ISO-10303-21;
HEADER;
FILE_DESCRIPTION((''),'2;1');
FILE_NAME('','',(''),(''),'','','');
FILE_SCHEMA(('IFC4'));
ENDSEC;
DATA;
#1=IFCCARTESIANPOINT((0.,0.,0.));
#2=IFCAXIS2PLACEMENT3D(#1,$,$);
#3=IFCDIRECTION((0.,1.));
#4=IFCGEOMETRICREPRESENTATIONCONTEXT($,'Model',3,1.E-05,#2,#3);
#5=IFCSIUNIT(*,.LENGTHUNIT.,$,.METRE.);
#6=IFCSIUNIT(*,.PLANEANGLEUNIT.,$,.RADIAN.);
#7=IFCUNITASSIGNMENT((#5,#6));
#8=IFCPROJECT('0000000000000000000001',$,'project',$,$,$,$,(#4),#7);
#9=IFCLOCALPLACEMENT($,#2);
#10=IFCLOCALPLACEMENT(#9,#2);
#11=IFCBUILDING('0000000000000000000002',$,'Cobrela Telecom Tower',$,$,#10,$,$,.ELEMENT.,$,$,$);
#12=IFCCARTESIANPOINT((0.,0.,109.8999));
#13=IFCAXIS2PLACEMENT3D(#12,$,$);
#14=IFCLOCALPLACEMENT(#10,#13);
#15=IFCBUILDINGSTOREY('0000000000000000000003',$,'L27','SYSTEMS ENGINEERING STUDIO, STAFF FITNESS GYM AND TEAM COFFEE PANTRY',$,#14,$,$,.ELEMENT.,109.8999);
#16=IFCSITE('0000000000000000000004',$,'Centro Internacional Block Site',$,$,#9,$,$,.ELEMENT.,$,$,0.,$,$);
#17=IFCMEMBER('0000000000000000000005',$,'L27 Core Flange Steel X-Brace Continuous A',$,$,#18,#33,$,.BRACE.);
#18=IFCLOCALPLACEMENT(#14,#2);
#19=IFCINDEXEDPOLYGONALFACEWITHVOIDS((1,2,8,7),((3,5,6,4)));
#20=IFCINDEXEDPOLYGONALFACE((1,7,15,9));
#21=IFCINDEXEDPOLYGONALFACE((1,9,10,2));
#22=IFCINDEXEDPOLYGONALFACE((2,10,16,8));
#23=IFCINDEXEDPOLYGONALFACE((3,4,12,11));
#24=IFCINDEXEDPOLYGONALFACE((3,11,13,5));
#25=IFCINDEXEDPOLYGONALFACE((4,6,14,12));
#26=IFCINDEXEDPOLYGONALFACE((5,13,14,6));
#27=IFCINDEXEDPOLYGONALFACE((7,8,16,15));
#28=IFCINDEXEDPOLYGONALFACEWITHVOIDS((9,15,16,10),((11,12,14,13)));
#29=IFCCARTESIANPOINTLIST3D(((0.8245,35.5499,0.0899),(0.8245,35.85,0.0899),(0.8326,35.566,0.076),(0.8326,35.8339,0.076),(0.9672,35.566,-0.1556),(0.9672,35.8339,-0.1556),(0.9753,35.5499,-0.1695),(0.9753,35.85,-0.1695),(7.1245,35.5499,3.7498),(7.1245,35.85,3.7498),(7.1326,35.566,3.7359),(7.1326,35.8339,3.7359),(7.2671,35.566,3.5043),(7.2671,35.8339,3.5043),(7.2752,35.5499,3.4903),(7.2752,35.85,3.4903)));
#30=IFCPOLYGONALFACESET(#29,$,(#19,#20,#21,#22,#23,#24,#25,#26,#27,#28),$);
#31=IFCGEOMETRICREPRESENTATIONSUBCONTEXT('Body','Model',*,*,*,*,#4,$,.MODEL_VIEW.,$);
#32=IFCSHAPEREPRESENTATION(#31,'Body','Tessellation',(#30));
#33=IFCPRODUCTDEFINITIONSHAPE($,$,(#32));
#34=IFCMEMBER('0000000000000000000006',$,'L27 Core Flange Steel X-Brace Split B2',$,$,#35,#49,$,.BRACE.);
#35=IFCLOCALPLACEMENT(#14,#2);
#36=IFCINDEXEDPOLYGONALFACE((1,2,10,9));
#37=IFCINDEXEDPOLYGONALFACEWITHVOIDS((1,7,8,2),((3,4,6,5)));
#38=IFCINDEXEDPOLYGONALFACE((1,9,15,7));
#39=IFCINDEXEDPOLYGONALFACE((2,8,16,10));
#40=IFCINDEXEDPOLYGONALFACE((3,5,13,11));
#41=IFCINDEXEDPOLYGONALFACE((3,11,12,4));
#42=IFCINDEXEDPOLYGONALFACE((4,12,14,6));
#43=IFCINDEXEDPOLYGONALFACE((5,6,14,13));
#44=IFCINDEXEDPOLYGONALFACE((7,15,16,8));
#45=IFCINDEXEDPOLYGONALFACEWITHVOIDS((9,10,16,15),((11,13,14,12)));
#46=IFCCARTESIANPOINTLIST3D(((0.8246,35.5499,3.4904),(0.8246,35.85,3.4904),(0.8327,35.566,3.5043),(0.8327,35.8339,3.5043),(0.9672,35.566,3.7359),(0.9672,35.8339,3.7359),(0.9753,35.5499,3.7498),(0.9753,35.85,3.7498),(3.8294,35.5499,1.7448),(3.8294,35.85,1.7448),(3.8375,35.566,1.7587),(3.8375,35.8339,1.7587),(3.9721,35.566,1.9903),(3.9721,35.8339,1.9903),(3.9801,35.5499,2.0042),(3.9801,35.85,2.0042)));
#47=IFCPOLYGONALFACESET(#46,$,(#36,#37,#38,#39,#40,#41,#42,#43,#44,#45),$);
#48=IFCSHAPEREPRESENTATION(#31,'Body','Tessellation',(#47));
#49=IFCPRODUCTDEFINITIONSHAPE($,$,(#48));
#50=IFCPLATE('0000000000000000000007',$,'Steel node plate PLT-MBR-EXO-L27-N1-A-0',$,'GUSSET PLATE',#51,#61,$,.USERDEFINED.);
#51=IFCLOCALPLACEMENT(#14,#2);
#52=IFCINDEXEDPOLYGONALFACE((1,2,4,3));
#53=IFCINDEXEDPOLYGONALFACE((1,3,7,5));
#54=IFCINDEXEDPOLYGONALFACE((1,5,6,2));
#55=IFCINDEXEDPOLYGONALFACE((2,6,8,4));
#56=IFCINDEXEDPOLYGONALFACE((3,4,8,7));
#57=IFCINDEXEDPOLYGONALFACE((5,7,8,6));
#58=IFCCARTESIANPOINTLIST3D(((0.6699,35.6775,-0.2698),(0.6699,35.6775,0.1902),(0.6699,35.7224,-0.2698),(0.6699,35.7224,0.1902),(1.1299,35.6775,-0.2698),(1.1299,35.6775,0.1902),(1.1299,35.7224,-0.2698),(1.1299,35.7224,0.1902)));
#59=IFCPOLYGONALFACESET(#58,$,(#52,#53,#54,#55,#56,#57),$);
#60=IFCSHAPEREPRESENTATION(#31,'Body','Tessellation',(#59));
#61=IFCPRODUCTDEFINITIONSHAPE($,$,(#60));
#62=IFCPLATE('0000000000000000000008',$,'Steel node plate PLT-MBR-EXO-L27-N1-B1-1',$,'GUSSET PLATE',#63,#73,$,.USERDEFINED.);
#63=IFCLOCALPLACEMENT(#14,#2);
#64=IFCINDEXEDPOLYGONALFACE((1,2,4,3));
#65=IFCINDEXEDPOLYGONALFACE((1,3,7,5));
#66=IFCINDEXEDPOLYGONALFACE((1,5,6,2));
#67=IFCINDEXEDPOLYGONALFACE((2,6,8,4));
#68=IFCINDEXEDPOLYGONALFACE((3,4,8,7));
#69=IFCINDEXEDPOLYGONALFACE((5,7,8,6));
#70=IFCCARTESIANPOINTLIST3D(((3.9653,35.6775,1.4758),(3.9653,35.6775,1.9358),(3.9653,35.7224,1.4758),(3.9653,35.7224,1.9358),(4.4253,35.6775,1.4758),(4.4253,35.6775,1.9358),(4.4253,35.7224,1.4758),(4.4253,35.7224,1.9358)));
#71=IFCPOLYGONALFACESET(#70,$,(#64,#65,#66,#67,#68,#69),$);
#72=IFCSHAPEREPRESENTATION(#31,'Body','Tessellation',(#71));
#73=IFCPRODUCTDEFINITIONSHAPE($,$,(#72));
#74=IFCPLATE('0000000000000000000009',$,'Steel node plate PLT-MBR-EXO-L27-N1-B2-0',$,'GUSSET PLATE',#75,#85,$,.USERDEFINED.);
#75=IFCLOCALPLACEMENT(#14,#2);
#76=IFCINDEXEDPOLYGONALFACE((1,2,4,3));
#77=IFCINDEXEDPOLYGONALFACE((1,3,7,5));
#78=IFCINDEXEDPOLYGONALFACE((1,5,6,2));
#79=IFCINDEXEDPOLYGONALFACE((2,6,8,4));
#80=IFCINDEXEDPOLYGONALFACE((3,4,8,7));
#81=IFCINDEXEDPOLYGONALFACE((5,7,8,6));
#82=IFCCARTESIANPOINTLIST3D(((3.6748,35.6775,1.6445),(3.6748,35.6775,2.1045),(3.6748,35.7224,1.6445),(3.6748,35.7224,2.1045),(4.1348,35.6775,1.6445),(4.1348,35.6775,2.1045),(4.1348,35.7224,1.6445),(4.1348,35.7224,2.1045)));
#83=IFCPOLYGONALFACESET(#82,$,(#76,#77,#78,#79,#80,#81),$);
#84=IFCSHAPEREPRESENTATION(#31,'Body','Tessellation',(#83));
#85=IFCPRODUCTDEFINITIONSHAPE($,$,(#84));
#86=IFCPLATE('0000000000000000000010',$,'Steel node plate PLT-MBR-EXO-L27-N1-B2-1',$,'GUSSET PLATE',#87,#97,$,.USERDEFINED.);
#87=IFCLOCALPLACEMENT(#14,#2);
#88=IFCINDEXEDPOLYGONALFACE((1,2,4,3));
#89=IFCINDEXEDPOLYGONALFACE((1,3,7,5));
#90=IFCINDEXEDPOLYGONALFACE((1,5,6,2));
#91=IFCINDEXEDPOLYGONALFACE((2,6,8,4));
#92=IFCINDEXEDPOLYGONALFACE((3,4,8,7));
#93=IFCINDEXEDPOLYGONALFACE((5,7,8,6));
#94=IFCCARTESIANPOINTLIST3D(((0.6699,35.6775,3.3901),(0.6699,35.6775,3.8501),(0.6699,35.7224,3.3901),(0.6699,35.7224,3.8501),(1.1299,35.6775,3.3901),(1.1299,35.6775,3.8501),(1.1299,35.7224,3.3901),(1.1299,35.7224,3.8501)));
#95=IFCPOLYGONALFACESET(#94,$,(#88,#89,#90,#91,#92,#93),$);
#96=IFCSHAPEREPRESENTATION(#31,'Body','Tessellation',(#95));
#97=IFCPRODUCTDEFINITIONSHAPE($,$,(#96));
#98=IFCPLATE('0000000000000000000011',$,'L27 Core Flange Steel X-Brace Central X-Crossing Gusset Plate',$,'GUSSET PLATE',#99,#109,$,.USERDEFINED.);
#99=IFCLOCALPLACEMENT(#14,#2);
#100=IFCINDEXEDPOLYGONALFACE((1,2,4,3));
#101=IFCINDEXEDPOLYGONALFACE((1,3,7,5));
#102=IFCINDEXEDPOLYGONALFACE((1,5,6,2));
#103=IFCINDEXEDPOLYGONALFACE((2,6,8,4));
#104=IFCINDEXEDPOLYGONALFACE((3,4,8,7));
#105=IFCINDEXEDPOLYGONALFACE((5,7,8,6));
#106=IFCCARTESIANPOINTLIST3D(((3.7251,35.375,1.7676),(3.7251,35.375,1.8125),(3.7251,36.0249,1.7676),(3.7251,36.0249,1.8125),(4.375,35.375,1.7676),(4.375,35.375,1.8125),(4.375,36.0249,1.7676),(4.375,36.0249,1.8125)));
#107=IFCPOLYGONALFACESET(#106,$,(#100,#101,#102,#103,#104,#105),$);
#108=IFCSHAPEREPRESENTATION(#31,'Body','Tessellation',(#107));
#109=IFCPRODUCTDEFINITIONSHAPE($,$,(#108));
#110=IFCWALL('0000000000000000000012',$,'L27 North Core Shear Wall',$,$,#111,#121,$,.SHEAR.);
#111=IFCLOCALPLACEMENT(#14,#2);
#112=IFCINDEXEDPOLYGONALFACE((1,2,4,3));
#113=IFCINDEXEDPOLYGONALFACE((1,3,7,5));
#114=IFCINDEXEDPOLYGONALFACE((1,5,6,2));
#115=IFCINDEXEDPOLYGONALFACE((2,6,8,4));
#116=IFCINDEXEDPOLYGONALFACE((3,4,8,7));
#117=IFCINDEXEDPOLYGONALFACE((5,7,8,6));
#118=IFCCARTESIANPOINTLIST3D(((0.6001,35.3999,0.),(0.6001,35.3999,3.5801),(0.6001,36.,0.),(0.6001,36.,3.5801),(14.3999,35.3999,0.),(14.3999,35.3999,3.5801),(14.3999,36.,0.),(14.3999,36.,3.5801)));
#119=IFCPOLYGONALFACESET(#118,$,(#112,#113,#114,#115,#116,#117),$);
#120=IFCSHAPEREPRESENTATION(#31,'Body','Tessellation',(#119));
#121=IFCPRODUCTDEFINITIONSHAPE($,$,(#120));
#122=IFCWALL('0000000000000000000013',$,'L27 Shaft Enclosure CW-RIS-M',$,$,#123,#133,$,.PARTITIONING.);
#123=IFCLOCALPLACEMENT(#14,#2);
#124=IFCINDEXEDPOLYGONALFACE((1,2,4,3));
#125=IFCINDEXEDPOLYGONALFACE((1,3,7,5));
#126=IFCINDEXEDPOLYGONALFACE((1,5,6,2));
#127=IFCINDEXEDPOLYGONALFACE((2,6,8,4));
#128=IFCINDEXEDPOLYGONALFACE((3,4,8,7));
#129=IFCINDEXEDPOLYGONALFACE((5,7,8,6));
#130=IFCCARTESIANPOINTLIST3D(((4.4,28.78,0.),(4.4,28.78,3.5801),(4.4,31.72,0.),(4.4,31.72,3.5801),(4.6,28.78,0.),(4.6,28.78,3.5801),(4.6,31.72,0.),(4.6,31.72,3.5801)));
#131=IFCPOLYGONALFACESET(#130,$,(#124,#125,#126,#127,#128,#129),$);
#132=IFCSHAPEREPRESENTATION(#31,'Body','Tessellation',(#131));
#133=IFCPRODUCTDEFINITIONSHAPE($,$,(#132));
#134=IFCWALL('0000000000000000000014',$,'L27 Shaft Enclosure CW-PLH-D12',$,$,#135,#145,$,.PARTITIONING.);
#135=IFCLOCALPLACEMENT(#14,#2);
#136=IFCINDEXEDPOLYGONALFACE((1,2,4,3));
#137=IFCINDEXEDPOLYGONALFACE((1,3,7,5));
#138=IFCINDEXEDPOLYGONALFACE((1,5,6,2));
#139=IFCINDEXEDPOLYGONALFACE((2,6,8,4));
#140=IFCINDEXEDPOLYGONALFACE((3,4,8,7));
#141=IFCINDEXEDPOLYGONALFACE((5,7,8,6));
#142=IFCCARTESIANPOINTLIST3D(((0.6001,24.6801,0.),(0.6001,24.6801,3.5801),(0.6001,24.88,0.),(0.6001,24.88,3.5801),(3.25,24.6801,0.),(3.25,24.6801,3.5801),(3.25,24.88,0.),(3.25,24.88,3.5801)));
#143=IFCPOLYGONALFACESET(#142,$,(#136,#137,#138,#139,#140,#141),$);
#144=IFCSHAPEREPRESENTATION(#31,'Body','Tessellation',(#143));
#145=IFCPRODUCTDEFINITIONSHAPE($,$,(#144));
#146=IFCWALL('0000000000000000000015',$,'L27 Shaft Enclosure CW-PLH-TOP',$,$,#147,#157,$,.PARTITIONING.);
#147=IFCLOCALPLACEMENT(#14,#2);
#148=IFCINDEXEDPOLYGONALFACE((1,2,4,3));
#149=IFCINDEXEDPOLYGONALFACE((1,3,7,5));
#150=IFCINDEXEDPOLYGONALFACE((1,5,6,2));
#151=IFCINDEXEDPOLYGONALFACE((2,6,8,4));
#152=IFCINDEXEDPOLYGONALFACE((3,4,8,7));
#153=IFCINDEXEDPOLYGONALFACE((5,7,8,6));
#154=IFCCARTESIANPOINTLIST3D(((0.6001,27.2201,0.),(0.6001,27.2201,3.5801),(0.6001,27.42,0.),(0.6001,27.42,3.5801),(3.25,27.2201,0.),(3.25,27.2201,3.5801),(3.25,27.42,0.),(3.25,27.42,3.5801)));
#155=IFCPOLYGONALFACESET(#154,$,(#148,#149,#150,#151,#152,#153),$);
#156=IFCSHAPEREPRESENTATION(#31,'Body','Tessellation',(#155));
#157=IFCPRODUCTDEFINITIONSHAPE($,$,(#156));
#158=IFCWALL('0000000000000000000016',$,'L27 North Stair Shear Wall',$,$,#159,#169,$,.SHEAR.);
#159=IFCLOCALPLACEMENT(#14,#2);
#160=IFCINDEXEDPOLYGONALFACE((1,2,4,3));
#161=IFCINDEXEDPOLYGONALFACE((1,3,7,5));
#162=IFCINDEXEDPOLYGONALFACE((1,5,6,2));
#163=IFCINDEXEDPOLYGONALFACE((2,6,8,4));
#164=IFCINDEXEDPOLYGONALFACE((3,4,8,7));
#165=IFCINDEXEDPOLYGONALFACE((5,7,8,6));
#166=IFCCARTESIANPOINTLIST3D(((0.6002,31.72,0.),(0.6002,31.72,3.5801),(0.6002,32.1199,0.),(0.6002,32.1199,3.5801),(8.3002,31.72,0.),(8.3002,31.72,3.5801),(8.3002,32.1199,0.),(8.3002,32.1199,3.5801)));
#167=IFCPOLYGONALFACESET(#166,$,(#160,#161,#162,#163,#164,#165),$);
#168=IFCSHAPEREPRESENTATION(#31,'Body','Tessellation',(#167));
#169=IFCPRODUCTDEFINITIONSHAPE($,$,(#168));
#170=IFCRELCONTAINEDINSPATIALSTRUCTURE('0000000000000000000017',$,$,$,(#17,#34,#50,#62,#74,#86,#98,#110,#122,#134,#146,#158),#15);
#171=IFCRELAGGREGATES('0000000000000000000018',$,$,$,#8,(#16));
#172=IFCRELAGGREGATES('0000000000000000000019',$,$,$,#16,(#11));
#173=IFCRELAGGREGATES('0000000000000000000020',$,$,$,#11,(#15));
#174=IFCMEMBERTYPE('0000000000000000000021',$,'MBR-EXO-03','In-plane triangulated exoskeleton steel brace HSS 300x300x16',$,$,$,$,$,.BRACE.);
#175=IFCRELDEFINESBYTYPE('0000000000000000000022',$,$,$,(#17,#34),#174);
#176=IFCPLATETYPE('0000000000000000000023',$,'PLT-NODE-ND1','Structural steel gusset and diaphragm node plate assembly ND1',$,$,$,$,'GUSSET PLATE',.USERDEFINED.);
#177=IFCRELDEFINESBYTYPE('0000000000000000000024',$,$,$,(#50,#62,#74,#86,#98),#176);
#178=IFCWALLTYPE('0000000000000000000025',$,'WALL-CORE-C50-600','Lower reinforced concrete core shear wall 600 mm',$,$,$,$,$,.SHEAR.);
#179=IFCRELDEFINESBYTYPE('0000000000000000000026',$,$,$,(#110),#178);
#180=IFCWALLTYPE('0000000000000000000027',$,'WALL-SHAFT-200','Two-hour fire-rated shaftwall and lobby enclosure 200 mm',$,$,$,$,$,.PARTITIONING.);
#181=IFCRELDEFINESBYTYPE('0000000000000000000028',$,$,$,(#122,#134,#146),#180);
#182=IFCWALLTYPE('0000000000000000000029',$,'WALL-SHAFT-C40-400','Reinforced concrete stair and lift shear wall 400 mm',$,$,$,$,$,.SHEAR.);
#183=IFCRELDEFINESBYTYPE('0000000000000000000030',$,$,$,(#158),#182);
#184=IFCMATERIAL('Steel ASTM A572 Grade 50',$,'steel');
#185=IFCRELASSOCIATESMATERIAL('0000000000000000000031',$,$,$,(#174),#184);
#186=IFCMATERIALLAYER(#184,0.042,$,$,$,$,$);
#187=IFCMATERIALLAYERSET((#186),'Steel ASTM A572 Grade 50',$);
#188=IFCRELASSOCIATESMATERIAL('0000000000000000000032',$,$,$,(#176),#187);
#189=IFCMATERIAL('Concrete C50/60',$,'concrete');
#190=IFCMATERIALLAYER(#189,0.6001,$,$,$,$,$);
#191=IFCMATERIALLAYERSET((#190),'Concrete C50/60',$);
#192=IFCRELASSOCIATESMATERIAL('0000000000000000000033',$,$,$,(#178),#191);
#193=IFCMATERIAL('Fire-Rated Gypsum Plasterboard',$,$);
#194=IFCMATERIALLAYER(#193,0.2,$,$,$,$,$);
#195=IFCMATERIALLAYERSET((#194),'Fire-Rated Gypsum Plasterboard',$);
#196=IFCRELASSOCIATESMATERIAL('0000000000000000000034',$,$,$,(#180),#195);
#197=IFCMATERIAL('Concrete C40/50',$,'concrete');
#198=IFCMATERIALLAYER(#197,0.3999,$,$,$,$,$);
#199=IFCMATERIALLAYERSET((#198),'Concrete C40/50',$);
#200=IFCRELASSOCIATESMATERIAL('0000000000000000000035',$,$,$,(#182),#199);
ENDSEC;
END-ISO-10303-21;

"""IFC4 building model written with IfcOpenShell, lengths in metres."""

from ifc_helpers import new_model, si_unit, direction, frame, frame_2d, origin, origin_2d, place, context, subcontext, project, spatial, rectangle, hollow_rectangle, extrude, material, layer, layer_set, material_profile, profile_set, type_object, element, save


model = new_model("IFC4")

# Units and contexts
model_context = context("Model", 3, precision=1e-05, world=origin(), true_north=direction((0.0, 1.0)))
body_context = subcontext(model_context, "Body", "Model", "MODEL_VIEW")
ifc_project = project(units=[si_unit("LENGTHUNIT", "METRE"), si_unit("PLANEANGLEUNIT", "RADIAN")], contexts=[model_context])

# Site, building, storey
site_placement = place(None, origin())
site = spatial("IfcSite", under=ifc_project, at=site_placement, Name="Centro Internacional Block Site", CompositionType="ELEMENT", RefElevation=0.0)
building_placement = place(site_placement, origin())
building = spatial("IfcBuilding", under=site, at=building_placement, Name="Cobrela Telecom Tower", CompositionType="ELEMENT")
storey_placement = place(building_placement, frame((0.0, 0.0, 109.8999)))
storey = spatial("IfcBuildingStorey", under=building, at=storey_placement, Name="L27", Description="SYSTEMS ENGINEERING STUDIO, STAFF FITNESS GYM AND TEAM COFFEE PANTRY", CompositionType="ELEMENT", Elevation=109.8999)

# Members
ifc_material_1 = material(Name="Steel ASTM A572 Grade 50", Category="steel")
ifc_material_profile = material_profile(ifc_material_1, hollow_rectangle(XDim=0.3, YDim=0.3, WallThickness=0.0161, at=origin_2d()), Name="HSS 300x300x16")
ifc_profile_set = profile_set([ifc_material_profile], Name="Steel ASTM A572 Grade 50")
member_type = type_object("IfcMemberType", Name="MBR-EXO-03", Description="In-plane triangulated exoskeleton steel brace HSS 300x300x16", PredefinedType="BRACE", material=ifc_profile_set)
member_1_placement = place(storey_placement, frame((0.8999, 35.7, -0.0398), z_axis=(0.864681, 0.0, 0.502322), x_axis=(0.0, 1.0, 0.0)))
element("IfcMember", 1, at=member_1_placement, inside=storey, type_object=member_type, Name="L27 Core Flange Steel X-Brace Continuous A", PredefinedType="BRACE", context=body_context, shape_type="SweptSolid", body=[
    extrude(hollow_rectangle(XDim=0.3, YDim=0.3, WallThickness=0.0161, at=origin_2d()), origin(), (0.0, 0.0, 1.0), 7.2859),
])
member_2_placement = place(storey_placement, frame((3.9048, 35.7, 1.8745), z_axis=(-0.864685, 0.0, 0.502315), x_axis=(0.0, -1.0, 0.0)))
element("IfcMember", 2, at=member_2_placement, inside=storey, type_object=member_type, Name="L27 Core Flange Steel X-Brace Split B2", PredefinedType="BRACE", context=body_context, shape_type="SweptSolid", body=[
    extrude(hollow_rectangle(XDim=0.3, YDim=0.3, WallThickness=0.0161, at=origin_2d()), origin(), (0.0, 0.0, 1.0), 3.4751),
])

# Plates
ifc_layer_1 = layer(ifc_material_1, 0.042)
ifc_layer_set_1 = layer_set([ifc_layer_1], Name="Steel ASTM A572 Grade 50")
plate_type = type_object("IfcPlateType", Name="PLT-NODE-ND1", Description="Structural steel gusset and diaphragm node plate assembly ND1", ElementType="GUSSET PLATE", PredefinedType="USERDEFINED", material=ifc_layer_set_1)
for number, where, z_axis, x_axis, name in (
    (3, (0.8999, 35.7, -0.2698), (0.0, 0.0, 1.0), (1.0, 0.0, 0.0), "Steel node plate PLT-MBR-EXO-L27-N1-A-0"),
    (4, (4.1953, 35.7, 1.4758), (0.0, 0.0, 1.0), (-1.0, 0.0, 0.0), "Steel node plate PLT-MBR-EXO-L27-N1-B1-1"),
    (5, (3.9048, 35.7, 1.6445), (0.0, 0.0, 1.0), (-1.0, 0.0, 0.0), "Steel node plate PLT-MBR-EXO-L27-N1-B2-0"),
    (6, (0.8999, 35.7, 3.3901), (0.0, 0.0, 1.0), (-1.0, 0.0, 0.0), "Steel node plate PLT-MBR-EXO-L27-N1-B2-1"),
):
    element("IfcPlate", number, at=place(storey_placement, frame(where, z_axis=z_axis, x_axis=x_axis)), inside=storey, type_object=plate_type, Name=name, ObjectType="GUSSET PLATE", PredefinedType="USERDEFINED", context=body_context, shape_type="SweptSolid", body=[
        extrude(rectangle(XDim=0.46, YDim=0.0449, at=origin_2d()), origin(), (0.0, 0.0, 1.0), 0.46),
    ])
plate_placement = place(storey_placement, frame((4.05, 35.7, 1.7676), z_axis=(0.0, 0.0, 1.0), x_axis=(1.0, 0.0, 0.0)))
element("IfcPlate", 7, at=plate_placement, inside=storey, type_object=plate_type, Name="L27 Core Flange Steel X-Brace Central X-Crossing Gusset Plate", ObjectType="GUSSET PLATE", PredefinedType="USERDEFINED", context=body_context, shape_type="SweptSolid", body=[
    extrude(rectangle(XDim=0.6499, YDim=0.6499, at=origin_2d()), origin(), (0.0, 0.0, 1.0), 0.0449),
])

# Wall
ifc_material_2 = material(Name="Concrete C50/60", Category="concrete")
ifc_layer_2 = layer(ifc_material_2, 0.6001)
ifc_layer_set_2 = layer_set([ifc_layer_2], Name="Concrete C50/60")
wall_type_1 = type_object("IfcWallType", Name="WALL-CORE-C50-600", Description="Lower reinforced concrete core shear wall 600 mm", PredefinedType="SHEAR", material=ifc_layer_set_2)
wall_1_placement = place(storey_placement, frame((0.6001, 35.7, 0.0), z_axis=(0.0, 0.0, 1.0), x_axis=(1.0, 0.0, 0.0)))
element("IfcWall", 8, at=wall_1_placement, inside=storey, type_object=wall_type_1, Name="L27 North Core Shear Wall", PredefinedType="SHEAR", context=body_context, shape_type="SweptSolid", body=[
    extrude(rectangle(XDim=13.7998, YDim=0.6001, at=frame_2d((6.8999, 0.0))), origin(), (0.0, 0.0, 1.0), 3.5801),
])

# Shared definitions
ifc_material_3 = material(Name="Fire-Rated Gypsum Plasterboard")
ifc_layer_3 = layer(ifc_material_3, 0.2)
ifc_layer_set_3 = layer_set([ifc_layer_3], Name="Fire-Rated Gypsum Plasterboard")
wall_type_2 = type_object("IfcWallType", Name="WALL-SHAFT-200", Description="Two-hour fire-rated shaftwall and lobby enclosure 200 mm", PredefinedType="PARTITIONING", material=ifc_layer_set_3)

# Walls
wall_2_placement = place(storey_placement, frame((4.5, 28.78, 0.0), z_axis=(0.0, 0.0, 1.0), x_axis=(0.0, 1.0, 0.0)))
element("IfcWall", 9, at=wall_2_placement, inside=storey, type_object=wall_type_2, Name="L27 Shaft Enclosure CW-RIS-M", PredefinedType="PARTITIONING", context=body_context, shape_type="SweptSolid", body=[
    extrude(rectangle(XDim=2.9399, YDim=0.2, at=frame_2d((1.47, 0.0))), origin(), (0.0, 0.0, 1.0), 3.5801),
])
for number, where, z_axis, x_axis, name in (
    (10, (0.6001, 24.78, 0.0), (0.0, 0.0, 1.0), (1.0, 0.0, 0.0), "L27 Shaft Enclosure CW-PLH-D12"),
    (11, (0.6001, 27.3201, 0.0), (0.0, 0.0, 1.0), (1.0, 0.0, 0.0), "L27 Shaft Enclosure CW-PLH-TOP"),
):
    element("IfcWall", number, at=place(storey_placement, frame(where, z_axis=z_axis, x_axis=x_axis)), inside=storey, type_object=wall_type_2, Name=name, PredefinedType="PARTITIONING", context=body_context, shape_type="SweptSolid", body=[
        extrude(rectangle(XDim=2.6499, YDim=0.2, at=frame_2d((1.325, 0.0))), origin(), (0.0, 0.0, 1.0), 3.5801),
    ])
ifc_material_4 = material(Name="Concrete C40/50", Category="concrete")
ifc_layer_4 = layer(ifc_material_4, 0.3999)
ifc_layer_set_4 = layer_set([ifc_layer_4], Name="Concrete C40/50")
wall_type_3 = type_object("IfcWallType", Name="WALL-SHAFT-C40-400", Description="Reinforced concrete stair and lift shear wall 400 mm", PredefinedType="SHEAR", material=ifc_layer_set_4)
wall_3_placement = place(storey_placement, frame((0.6001, 31.9199, 0.0), z_axis=(0.0, 0.0, 1.0), x_axis=(1.0, 0.0, 0.0)))
element("IfcWall", 12, at=wall_3_placement, inside=storey, type_object=wall_type_3, Name="L27 North Stair Shear Wall", PredefinedType="SHEAR", context=body_context, shape_type="SweptSolid", body=[
    extrude(rectangle(XDim=7.7, YDim=0.3999, at=frame_2d((3.8501, 0.0))), origin(), (0.0, 0.0, 1.0), 3.5801),
])

save(model, "model.ifc")
